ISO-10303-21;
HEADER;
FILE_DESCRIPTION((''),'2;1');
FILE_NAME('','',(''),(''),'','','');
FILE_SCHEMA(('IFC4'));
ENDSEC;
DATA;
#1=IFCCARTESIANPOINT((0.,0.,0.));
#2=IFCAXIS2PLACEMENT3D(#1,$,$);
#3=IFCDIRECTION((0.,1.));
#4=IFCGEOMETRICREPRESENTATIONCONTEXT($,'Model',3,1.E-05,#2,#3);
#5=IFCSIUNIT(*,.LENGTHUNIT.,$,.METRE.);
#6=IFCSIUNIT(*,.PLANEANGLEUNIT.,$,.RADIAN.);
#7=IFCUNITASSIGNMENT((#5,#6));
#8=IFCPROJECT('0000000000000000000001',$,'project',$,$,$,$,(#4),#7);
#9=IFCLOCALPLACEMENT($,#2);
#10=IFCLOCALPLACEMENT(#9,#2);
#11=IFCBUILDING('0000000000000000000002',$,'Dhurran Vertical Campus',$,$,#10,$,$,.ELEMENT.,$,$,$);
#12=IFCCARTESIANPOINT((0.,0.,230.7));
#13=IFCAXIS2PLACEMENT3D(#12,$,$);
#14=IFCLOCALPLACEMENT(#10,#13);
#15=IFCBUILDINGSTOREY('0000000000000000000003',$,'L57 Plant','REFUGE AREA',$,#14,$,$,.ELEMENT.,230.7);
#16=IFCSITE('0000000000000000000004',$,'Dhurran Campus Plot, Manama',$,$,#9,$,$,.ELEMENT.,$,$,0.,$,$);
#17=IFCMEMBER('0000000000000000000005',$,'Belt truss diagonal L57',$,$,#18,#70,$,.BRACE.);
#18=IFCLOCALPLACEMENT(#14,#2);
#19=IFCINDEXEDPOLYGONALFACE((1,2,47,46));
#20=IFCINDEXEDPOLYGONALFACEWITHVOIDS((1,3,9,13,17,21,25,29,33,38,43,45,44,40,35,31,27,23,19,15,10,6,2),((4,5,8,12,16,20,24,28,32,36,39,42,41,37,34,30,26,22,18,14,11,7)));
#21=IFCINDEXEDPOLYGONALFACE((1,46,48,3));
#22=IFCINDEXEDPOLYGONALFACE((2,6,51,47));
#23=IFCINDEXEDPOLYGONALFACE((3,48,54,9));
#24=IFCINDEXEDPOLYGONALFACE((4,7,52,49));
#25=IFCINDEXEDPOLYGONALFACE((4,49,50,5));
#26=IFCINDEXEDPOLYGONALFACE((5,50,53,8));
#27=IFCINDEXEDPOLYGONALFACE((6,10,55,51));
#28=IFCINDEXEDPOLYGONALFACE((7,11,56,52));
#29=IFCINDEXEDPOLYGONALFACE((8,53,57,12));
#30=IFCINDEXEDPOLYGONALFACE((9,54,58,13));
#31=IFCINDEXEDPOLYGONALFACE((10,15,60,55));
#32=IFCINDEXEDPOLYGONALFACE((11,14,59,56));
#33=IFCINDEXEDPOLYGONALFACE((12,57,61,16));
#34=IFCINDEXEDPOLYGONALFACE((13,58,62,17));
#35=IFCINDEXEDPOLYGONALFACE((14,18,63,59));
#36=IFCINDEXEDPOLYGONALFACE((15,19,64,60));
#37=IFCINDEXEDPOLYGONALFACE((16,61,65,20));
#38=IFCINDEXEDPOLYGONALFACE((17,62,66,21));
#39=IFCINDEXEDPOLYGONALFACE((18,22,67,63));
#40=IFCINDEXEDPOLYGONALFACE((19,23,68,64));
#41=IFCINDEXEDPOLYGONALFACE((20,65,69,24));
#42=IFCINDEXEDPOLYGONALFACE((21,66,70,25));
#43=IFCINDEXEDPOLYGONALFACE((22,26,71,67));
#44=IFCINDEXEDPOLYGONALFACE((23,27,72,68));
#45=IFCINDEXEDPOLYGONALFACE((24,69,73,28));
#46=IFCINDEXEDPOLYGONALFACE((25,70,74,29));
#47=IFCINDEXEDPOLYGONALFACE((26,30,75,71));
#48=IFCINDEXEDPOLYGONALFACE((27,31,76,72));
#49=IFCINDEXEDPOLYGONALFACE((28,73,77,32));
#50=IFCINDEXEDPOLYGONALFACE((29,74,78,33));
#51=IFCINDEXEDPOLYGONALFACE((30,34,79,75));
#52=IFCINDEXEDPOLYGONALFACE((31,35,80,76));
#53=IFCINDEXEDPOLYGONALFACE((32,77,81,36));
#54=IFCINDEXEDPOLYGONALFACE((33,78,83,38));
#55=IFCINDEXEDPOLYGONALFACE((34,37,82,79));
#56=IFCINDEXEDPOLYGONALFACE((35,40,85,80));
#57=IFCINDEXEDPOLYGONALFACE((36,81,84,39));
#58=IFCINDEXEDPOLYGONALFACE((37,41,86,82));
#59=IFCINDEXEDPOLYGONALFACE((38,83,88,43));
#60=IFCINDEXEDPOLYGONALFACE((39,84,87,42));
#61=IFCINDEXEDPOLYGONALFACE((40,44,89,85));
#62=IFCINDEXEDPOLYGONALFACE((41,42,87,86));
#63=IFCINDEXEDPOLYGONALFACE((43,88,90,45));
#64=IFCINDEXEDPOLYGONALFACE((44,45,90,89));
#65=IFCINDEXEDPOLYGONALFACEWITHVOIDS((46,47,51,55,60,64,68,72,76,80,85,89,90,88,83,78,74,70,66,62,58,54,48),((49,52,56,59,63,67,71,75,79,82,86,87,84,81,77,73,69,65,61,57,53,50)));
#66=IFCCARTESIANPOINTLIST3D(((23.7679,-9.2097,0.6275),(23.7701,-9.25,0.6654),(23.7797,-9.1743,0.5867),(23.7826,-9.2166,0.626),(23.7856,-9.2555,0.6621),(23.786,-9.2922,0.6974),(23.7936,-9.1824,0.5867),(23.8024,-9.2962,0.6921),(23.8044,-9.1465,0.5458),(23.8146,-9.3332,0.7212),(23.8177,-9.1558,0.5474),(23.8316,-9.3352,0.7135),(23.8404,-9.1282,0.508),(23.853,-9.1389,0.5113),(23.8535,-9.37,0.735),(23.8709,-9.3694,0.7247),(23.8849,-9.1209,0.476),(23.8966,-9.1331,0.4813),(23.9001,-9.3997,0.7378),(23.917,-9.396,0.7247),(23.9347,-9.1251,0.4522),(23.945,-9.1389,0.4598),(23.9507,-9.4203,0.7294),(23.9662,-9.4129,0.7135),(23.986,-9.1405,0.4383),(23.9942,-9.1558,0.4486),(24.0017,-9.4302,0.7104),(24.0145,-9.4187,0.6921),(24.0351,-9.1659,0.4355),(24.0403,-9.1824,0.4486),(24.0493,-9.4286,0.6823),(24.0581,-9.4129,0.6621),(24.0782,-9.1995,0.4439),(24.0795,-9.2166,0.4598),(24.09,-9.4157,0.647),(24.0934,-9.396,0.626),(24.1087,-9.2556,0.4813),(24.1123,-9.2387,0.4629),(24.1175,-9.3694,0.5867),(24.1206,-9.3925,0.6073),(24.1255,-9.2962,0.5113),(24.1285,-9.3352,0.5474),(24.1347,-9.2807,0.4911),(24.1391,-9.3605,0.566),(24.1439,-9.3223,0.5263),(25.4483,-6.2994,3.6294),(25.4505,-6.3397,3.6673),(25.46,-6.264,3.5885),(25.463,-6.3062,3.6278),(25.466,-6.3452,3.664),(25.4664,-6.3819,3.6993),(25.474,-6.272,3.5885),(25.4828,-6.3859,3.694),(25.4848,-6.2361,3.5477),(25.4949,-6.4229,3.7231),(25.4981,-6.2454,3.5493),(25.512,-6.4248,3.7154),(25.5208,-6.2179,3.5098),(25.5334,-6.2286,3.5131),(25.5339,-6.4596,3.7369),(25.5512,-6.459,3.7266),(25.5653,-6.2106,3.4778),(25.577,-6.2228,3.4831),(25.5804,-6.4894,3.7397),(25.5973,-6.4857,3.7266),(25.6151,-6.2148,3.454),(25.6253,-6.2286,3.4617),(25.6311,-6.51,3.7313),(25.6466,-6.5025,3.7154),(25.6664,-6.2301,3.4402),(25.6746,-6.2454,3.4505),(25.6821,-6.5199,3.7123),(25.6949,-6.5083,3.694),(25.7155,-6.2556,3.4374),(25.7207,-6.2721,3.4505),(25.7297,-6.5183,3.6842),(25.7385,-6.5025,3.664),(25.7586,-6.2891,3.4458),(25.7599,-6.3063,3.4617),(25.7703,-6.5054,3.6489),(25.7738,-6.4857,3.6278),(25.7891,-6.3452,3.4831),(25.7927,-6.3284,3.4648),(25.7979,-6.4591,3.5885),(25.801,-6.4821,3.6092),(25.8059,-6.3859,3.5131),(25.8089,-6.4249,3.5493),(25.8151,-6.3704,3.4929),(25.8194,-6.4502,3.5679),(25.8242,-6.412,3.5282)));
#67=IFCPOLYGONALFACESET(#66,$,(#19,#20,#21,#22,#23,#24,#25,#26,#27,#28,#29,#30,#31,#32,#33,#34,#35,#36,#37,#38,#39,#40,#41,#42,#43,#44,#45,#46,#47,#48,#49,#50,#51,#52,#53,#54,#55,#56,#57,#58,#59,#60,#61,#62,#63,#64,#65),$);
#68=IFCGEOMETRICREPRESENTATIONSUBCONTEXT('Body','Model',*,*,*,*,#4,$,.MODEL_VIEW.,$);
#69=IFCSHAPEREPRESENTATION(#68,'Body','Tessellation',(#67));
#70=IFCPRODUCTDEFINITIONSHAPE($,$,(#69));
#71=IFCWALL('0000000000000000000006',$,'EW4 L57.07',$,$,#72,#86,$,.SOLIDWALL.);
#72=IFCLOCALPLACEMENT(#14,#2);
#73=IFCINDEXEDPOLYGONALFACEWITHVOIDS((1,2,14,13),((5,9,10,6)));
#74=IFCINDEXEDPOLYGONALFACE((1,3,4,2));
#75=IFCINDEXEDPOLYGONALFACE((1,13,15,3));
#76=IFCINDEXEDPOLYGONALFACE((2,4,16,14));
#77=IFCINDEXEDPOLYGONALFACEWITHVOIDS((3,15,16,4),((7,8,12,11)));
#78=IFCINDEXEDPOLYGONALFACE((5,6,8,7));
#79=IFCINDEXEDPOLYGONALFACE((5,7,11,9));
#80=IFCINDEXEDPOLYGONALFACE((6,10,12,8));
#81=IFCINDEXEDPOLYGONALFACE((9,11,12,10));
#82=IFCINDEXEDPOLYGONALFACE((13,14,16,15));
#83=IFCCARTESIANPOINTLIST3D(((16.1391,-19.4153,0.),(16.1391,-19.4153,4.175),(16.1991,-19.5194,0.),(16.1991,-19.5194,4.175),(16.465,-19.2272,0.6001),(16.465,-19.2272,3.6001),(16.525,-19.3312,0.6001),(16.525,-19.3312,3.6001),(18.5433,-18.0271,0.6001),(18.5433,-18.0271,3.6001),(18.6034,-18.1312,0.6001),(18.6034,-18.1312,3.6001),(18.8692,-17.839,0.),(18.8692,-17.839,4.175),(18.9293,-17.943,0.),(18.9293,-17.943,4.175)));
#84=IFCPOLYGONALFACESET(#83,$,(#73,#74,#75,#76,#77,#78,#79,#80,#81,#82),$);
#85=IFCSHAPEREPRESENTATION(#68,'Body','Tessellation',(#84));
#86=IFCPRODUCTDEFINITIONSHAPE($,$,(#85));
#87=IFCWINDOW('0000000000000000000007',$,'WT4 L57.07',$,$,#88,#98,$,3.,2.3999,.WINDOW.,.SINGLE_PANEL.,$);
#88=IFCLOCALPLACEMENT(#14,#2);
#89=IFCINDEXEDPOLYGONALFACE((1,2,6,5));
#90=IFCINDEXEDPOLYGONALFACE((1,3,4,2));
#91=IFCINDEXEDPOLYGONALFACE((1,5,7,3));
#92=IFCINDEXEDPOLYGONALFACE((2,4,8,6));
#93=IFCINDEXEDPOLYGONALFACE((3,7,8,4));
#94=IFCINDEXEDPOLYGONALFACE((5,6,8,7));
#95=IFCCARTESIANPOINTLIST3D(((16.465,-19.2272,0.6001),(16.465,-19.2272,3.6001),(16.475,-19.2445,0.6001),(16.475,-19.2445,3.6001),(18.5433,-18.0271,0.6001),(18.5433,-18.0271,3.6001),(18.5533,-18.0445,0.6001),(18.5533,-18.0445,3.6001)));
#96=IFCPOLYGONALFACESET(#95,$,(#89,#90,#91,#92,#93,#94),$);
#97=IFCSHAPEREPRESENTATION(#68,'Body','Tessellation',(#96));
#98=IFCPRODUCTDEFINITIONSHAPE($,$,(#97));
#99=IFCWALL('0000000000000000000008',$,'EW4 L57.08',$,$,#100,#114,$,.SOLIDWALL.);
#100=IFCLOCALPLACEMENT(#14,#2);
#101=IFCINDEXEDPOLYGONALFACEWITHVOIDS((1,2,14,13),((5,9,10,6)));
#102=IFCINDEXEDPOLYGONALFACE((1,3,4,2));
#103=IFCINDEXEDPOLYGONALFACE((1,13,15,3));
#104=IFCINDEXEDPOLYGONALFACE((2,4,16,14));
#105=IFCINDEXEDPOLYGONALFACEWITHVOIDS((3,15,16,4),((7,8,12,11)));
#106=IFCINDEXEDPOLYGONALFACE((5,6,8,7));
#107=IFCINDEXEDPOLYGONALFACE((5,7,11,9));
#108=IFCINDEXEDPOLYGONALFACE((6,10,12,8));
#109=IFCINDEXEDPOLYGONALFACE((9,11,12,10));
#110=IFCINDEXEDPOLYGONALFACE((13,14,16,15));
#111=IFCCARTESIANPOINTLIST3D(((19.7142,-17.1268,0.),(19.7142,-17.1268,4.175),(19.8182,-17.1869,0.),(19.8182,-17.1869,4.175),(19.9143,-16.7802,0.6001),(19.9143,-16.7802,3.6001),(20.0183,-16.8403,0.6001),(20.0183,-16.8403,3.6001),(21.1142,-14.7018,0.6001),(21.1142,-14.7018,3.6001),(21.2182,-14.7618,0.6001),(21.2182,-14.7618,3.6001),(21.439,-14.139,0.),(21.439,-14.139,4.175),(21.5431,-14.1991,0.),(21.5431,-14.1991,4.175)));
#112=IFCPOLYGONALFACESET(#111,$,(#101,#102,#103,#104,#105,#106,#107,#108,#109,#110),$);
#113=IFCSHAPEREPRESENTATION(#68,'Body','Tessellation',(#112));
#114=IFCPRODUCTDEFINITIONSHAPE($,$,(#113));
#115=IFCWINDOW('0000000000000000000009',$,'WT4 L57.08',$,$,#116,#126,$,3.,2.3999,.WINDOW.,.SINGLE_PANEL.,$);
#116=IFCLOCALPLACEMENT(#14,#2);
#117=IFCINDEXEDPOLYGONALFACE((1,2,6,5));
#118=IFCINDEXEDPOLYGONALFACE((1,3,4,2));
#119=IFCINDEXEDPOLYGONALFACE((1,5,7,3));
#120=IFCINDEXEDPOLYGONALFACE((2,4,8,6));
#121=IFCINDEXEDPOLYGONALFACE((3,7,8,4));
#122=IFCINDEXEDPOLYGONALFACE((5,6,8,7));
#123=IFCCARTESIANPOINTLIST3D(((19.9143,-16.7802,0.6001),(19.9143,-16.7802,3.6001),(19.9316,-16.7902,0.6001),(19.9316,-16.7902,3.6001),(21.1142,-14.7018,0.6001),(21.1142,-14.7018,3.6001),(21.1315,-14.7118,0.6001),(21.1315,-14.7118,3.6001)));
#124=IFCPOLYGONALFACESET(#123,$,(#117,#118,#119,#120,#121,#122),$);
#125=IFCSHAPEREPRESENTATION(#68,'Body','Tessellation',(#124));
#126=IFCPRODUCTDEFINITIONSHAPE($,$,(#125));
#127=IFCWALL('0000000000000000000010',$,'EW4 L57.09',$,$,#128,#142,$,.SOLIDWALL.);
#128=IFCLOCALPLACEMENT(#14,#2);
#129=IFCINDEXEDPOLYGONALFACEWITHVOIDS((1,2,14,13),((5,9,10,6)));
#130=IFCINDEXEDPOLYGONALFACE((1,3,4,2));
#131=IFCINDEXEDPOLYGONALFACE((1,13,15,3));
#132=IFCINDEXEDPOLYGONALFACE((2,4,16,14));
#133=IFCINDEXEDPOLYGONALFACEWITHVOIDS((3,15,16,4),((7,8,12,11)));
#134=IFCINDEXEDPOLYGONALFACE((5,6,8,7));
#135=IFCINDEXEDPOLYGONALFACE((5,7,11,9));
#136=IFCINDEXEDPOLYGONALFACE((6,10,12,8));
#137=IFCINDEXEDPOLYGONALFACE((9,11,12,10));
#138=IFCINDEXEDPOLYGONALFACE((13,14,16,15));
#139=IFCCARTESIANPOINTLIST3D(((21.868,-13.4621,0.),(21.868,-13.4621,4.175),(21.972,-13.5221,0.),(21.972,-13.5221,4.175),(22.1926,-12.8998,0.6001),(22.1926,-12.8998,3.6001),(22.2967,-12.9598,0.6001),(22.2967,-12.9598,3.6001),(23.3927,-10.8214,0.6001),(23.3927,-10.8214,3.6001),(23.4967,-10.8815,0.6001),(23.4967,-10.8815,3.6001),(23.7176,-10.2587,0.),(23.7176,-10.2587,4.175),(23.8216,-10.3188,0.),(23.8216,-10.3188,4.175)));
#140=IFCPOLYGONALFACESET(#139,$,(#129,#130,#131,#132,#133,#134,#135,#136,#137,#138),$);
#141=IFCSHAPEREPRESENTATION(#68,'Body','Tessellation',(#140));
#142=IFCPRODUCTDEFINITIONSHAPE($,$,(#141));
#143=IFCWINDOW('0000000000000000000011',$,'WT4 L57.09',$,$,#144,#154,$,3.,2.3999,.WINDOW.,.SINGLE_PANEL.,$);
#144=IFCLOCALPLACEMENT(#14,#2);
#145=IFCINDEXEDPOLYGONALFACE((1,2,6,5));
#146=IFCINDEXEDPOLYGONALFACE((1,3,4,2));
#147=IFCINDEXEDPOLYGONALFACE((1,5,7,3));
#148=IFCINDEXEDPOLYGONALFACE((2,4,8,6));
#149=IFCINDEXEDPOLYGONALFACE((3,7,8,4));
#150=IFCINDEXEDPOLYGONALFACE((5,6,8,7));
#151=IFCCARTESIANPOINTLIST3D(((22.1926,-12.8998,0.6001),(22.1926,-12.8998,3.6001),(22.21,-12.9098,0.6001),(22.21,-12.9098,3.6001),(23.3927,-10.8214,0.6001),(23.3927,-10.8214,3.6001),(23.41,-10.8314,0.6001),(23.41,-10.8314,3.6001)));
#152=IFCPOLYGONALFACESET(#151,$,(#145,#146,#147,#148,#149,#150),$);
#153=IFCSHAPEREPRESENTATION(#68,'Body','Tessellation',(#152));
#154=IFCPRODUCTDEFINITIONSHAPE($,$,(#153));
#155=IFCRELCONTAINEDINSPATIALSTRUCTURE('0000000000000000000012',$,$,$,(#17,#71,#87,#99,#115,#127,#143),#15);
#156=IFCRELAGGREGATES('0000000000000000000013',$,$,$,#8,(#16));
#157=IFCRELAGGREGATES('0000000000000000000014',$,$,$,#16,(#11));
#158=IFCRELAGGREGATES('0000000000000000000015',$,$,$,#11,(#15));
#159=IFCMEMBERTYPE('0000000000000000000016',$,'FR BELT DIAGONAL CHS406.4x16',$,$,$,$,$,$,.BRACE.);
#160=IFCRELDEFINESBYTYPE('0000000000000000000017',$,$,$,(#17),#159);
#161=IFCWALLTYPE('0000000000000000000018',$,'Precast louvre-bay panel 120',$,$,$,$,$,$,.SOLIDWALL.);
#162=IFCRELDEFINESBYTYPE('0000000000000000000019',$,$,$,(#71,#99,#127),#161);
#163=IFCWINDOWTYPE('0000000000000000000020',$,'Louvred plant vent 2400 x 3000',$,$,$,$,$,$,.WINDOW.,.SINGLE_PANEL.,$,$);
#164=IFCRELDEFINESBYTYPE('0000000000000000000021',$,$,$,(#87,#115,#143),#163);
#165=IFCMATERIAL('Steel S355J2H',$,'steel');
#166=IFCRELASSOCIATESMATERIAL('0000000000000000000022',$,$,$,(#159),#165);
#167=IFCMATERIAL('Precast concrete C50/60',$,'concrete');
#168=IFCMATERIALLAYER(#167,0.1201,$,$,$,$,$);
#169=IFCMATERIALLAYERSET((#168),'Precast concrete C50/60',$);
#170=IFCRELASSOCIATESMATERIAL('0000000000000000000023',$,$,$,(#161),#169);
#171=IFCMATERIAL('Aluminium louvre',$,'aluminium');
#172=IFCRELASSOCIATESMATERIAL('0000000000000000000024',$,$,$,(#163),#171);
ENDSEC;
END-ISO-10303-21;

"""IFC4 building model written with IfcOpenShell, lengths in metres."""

from ifc_helpers import new_model, si_unit, direction, frame, frame_2d, origin, origin_2d, place, context, subcontext, project, spatial, rectangle, hollow_circle, extrude, material, layer, layer_set, material_profile, profile_set, type_object, element, fill, save


model = new_model("IFC4")

# Units and contexts
model_context = context("Model", 3, precision=1e-05, world=origin(), true_north=direction((0.0, 1.0)))
body_context = subcontext(model_context, "Body", "Model", "MODEL_VIEW")
ifc_project = project(units=[si_unit("LENGTHUNIT", "METRE"), si_unit("PLANEANGLEUNIT", "RADIAN")], contexts=[model_context])

# Site, building, storey
site_placement = place(None, origin())
site = spatial("IfcSite", under=ifc_project, at=site_placement, Name="Dhurran Campus Plot, Manama", CompositionType="ELEMENT", RefElevation=0.0)
building_placement = place(site_placement, origin())
building = spatial("IfcBuilding", under=site, at=building_placement, Name="Dhurran Vertical Campus", CompositionType="ELEMENT")
storey_placement = place(building_placement, frame((0.0, 0.0, 230.7)))
storey = spatial("IfcBuildingStorey", under=building, at=storey_placement, Name="L57 Plant", Description="REFUGE AREA", CompositionType="ELEMENT", Elevation=230.7)

# Member
ifc_material_1 = material(Name="Steel S355J2H", Category="steel")
ifc_material_profile_1 = material_profile(ifc_material_1, hollow_circle(Radius=0.2031, WallThickness=0.0161, at=origin_2d()), Name="CHS406.4x16")
ifc_profile_set_1 = profile_set([ifc_material_profile_1], Name="Steel S355J2H")
member_type = type_object("IfcMemberType", Name="FR BELT DIAGONAL CHS406.4x16", PredefinedType="BRACE", material=ifc_profile_set_1)
member_1_placement = place(storey_placement, frame((23.9556, -9.2759, 0.5867), z_axis=(0.372912, 0.645864, 0.666181), x_axis=(-0.866013, 0.500022, 0.0)))
element("IfcMember", 1, at=member_1_placement, inside=storey, type_object=member_type, Name="Belt truss diagonal L57", PredefinedType="BRACE", context=body_context, shape_type="SweptSolid", body=[
    extrude(hollow_circle(Radius=0.2031, WallThickness=0.0161, at=origin_2d()), origin(), (0.0, 0.0, 1.0), 4.5061),
])

# Walls, openings, windows
ifc_material_2 = material(Name="Precast concrete C50/60", Category="concrete")
ifc_layer_1 = layer(ifc_material_2, 0.1201)
ifc_layer_set_1 = layer_set([ifc_layer_1], Name="Precast concrete C50/60")
wall_type_1 = type_object("IfcWallType", Name="Precast louvre-bay panel 120", PredefinedType="SOLIDWALL", material=ifc_layer_set_1)
wall_1_placement = place(storey_placement, frame((16.1692, -19.4673, 0.0), z_axis=(0.0, 0.0, 1.0), x_axis=(0.866009, 0.500029, 0.0)))
wall_1 = element("IfcWall", 2, at=wall_1_placement, inside=storey, type_object=wall_type_1, Name="EW4 L57.07", PredefinedType="SOLIDWALL", context=body_context, shape_type="SweptSolid", body=[
    extrude(rectangle(XDim=3.1526, YDim=0.1201, at=frame_2d((1.5762, 0.0))), origin(), (0.0, 0.0, 1.0), 4.175),
])
opening_1_placement = place(wall_1_placement, frame((0.3762, 0.0, 0.6001)))
opening_1 = element("IfcOpeningElement", 3, at=opening_1_placement, cuts=wall_1, PredefinedType="OPENING", context=body_context, shape_type="SweptSolid", body=[
    extrude(rectangle(XDim=2.3999, YDim=3.0, at=frame_2d((1.2, 1.5))), frame((0.0, 0.0701, 0.0), z_axis=(0.0, -1.0, 0.0), x_axis=(1.0, 0.0, 0.0)), (0.0, 0.0, 1.0), 0.1401),
])
ifc_material_3 = material(Name="Aluminium louvre", Category="aluminium")
window_type = type_object("IfcWindowType", Name="Louvred plant vent 2400 x 3000", PartitioningType="SINGLE_PANEL", PredefinedType="WINDOW", material=ifc_material_3)
window_1_placement = place(opening_1_placement, origin())
window_1 = element("IfcWindow", 4, at=window_1_placement, inside=storey, type_object=window_type, Name="WT4 L57.07", OverallHeight=3.0, OverallWidth=2.3999, PartitioningType="SINGLE_PANEL", PredefinedType="WINDOW", context=body_context, shape_type="SweptSolid", body=[
    extrude(rectangle(XDim=2.3999, YDim=3.0, at=frame_2d((1.2, 1.5))), frame((0.0, 0.0601, 0.0), z_axis=(0.0, -1.0, 0.0), x_axis=(1.0, 0.0, 0.0)), (0.0, 0.0, 1.0), 0.02),
])
fill(opening_1, window_1)
wall_2_placement = place(storey_placement, frame((19.7661, -17.157, 0.0), z_axis=(0.0, 0.0, 1.0), x_axis=(0.499967, 0.866044, 0.0)))
wall_2 = element("IfcWall", 5, at=wall_2_placement, inside=storey, type_object=wall_type_1, Name="EW4 L57.08", PredefinedType="SOLIDWALL", context=body_context, shape_type="SweptSolid", body=[
    extrude(rectangle(XDim=3.45, YDim=0.1201, at=frame_2d((1.7251, 0.0))), origin(), (0.0, 0.0, 1.0), 4.175),
])
opening_2_placement = place(wall_2_placement, frame((0.4004, 0.0, 0.6001)))
opening_2 = element("IfcOpeningElement", 6, at=opening_2_placement, cuts=wall_2, PredefinedType="OPENING", context=body_context, shape_type="SweptSolid", body=[
    extrude(rectangle(XDim=2.3999, YDim=3.0, at=frame_2d((1.2, 1.5))), frame((0.0, 0.0701, 0.0), z_axis=(0.0, -1.0, 0.0), x_axis=(1.0, 0.0, 0.0)), (0.0, 0.0, 1.0), 0.1401),
])
window_2_placement = place(opening_2_placement, origin())
window_2 = element("IfcWindow", 7, at=window_2_placement, inside=storey, type_object=window_type, Name="WT4 L57.08", OverallHeight=3.0, OverallWidth=2.3999, PartitioningType="SINGLE_PANEL", PredefinedType="WINDOW", context=body_context, shape_type="SweptSolid", body=[
    extrude(rectangle(XDim=2.3999, YDim=3.0, at=frame_2d((1.2, 1.5))), frame((0.0, 0.0601, 0.0), z_axis=(0.0, -1.0, 0.0), x_axis=(1.0, 0.0, 0.0)), (0.0, 0.0, 1.0), 0.02),
])
fill(opening_2, window_2)
wall_3_placement = place(storey_placement, frame((21.9199, -13.4922, 0.0), z_axis=(0.0, 0.0, 1.0), x_axis=(0.500029, 0.866009, 0.0)))
wall_3 = element("IfcWall", 8, at=wall_3_placement, inside=storey, type_object=wall_type_1, Name="EW4 L57.09", PredefinedType="SOLIDWALL", context=body_context, shape_type="SweptSolid", body=[
    extrude(rectangle(XDim=3.699, YDim=0.1201, at=frame_2d((1.8496, 0.0))), origin(), (0.0, 0.0, 1.0), 4.175),
])
opening_3_placement = place(wall_3_placement, frame((0.6494, 0.0, 0.6001)))
opening_3 = element("IfcOpeningElement", 9, at=opening_3_placement, cuts=wall_3, PredefinedType="OPENING", context=body_context, shape_type="SweptSolid", body=[
    extrude(rectangle(XDim=2.3999, YDim=3.0, at=frame_2d((1.2, 1.5))), frame((0.0, 0.0701, 0.0), z_axis=(0.0, -1.0, 0.0), x_axis=(1.0, 0.0, 0.0)), (0.0, 0.0, 1.0), 0.1401),
])
window_3_placement = place(opening_3_placement, origin())
window_3 = element("IfcWindow", 10, at=window_3_placement, inside=storey, type_object=window_type, Name="WT4 L57.09", OverallHeight=3.0, OverallWidth=2.3999, PartitioningType="SINGLE_PANEL", PredefinedType="WINDOW", context=body_context, shape_type="SweptSolid", body=[
    extrude(rectangle(XDim=2.3999, YDim=3.0, at=frame_2d((1.2, 1.5))), frame((0.0, 0.0601, 0.0), z_axis=(0.0, -1.0, 0.0), x_axis=(1.0, 0.0, 0.0)), (0.0, 0.0, 1.0), 0.02),
])
fill(opening_3, window_3)

save(model, "model.ifc")
